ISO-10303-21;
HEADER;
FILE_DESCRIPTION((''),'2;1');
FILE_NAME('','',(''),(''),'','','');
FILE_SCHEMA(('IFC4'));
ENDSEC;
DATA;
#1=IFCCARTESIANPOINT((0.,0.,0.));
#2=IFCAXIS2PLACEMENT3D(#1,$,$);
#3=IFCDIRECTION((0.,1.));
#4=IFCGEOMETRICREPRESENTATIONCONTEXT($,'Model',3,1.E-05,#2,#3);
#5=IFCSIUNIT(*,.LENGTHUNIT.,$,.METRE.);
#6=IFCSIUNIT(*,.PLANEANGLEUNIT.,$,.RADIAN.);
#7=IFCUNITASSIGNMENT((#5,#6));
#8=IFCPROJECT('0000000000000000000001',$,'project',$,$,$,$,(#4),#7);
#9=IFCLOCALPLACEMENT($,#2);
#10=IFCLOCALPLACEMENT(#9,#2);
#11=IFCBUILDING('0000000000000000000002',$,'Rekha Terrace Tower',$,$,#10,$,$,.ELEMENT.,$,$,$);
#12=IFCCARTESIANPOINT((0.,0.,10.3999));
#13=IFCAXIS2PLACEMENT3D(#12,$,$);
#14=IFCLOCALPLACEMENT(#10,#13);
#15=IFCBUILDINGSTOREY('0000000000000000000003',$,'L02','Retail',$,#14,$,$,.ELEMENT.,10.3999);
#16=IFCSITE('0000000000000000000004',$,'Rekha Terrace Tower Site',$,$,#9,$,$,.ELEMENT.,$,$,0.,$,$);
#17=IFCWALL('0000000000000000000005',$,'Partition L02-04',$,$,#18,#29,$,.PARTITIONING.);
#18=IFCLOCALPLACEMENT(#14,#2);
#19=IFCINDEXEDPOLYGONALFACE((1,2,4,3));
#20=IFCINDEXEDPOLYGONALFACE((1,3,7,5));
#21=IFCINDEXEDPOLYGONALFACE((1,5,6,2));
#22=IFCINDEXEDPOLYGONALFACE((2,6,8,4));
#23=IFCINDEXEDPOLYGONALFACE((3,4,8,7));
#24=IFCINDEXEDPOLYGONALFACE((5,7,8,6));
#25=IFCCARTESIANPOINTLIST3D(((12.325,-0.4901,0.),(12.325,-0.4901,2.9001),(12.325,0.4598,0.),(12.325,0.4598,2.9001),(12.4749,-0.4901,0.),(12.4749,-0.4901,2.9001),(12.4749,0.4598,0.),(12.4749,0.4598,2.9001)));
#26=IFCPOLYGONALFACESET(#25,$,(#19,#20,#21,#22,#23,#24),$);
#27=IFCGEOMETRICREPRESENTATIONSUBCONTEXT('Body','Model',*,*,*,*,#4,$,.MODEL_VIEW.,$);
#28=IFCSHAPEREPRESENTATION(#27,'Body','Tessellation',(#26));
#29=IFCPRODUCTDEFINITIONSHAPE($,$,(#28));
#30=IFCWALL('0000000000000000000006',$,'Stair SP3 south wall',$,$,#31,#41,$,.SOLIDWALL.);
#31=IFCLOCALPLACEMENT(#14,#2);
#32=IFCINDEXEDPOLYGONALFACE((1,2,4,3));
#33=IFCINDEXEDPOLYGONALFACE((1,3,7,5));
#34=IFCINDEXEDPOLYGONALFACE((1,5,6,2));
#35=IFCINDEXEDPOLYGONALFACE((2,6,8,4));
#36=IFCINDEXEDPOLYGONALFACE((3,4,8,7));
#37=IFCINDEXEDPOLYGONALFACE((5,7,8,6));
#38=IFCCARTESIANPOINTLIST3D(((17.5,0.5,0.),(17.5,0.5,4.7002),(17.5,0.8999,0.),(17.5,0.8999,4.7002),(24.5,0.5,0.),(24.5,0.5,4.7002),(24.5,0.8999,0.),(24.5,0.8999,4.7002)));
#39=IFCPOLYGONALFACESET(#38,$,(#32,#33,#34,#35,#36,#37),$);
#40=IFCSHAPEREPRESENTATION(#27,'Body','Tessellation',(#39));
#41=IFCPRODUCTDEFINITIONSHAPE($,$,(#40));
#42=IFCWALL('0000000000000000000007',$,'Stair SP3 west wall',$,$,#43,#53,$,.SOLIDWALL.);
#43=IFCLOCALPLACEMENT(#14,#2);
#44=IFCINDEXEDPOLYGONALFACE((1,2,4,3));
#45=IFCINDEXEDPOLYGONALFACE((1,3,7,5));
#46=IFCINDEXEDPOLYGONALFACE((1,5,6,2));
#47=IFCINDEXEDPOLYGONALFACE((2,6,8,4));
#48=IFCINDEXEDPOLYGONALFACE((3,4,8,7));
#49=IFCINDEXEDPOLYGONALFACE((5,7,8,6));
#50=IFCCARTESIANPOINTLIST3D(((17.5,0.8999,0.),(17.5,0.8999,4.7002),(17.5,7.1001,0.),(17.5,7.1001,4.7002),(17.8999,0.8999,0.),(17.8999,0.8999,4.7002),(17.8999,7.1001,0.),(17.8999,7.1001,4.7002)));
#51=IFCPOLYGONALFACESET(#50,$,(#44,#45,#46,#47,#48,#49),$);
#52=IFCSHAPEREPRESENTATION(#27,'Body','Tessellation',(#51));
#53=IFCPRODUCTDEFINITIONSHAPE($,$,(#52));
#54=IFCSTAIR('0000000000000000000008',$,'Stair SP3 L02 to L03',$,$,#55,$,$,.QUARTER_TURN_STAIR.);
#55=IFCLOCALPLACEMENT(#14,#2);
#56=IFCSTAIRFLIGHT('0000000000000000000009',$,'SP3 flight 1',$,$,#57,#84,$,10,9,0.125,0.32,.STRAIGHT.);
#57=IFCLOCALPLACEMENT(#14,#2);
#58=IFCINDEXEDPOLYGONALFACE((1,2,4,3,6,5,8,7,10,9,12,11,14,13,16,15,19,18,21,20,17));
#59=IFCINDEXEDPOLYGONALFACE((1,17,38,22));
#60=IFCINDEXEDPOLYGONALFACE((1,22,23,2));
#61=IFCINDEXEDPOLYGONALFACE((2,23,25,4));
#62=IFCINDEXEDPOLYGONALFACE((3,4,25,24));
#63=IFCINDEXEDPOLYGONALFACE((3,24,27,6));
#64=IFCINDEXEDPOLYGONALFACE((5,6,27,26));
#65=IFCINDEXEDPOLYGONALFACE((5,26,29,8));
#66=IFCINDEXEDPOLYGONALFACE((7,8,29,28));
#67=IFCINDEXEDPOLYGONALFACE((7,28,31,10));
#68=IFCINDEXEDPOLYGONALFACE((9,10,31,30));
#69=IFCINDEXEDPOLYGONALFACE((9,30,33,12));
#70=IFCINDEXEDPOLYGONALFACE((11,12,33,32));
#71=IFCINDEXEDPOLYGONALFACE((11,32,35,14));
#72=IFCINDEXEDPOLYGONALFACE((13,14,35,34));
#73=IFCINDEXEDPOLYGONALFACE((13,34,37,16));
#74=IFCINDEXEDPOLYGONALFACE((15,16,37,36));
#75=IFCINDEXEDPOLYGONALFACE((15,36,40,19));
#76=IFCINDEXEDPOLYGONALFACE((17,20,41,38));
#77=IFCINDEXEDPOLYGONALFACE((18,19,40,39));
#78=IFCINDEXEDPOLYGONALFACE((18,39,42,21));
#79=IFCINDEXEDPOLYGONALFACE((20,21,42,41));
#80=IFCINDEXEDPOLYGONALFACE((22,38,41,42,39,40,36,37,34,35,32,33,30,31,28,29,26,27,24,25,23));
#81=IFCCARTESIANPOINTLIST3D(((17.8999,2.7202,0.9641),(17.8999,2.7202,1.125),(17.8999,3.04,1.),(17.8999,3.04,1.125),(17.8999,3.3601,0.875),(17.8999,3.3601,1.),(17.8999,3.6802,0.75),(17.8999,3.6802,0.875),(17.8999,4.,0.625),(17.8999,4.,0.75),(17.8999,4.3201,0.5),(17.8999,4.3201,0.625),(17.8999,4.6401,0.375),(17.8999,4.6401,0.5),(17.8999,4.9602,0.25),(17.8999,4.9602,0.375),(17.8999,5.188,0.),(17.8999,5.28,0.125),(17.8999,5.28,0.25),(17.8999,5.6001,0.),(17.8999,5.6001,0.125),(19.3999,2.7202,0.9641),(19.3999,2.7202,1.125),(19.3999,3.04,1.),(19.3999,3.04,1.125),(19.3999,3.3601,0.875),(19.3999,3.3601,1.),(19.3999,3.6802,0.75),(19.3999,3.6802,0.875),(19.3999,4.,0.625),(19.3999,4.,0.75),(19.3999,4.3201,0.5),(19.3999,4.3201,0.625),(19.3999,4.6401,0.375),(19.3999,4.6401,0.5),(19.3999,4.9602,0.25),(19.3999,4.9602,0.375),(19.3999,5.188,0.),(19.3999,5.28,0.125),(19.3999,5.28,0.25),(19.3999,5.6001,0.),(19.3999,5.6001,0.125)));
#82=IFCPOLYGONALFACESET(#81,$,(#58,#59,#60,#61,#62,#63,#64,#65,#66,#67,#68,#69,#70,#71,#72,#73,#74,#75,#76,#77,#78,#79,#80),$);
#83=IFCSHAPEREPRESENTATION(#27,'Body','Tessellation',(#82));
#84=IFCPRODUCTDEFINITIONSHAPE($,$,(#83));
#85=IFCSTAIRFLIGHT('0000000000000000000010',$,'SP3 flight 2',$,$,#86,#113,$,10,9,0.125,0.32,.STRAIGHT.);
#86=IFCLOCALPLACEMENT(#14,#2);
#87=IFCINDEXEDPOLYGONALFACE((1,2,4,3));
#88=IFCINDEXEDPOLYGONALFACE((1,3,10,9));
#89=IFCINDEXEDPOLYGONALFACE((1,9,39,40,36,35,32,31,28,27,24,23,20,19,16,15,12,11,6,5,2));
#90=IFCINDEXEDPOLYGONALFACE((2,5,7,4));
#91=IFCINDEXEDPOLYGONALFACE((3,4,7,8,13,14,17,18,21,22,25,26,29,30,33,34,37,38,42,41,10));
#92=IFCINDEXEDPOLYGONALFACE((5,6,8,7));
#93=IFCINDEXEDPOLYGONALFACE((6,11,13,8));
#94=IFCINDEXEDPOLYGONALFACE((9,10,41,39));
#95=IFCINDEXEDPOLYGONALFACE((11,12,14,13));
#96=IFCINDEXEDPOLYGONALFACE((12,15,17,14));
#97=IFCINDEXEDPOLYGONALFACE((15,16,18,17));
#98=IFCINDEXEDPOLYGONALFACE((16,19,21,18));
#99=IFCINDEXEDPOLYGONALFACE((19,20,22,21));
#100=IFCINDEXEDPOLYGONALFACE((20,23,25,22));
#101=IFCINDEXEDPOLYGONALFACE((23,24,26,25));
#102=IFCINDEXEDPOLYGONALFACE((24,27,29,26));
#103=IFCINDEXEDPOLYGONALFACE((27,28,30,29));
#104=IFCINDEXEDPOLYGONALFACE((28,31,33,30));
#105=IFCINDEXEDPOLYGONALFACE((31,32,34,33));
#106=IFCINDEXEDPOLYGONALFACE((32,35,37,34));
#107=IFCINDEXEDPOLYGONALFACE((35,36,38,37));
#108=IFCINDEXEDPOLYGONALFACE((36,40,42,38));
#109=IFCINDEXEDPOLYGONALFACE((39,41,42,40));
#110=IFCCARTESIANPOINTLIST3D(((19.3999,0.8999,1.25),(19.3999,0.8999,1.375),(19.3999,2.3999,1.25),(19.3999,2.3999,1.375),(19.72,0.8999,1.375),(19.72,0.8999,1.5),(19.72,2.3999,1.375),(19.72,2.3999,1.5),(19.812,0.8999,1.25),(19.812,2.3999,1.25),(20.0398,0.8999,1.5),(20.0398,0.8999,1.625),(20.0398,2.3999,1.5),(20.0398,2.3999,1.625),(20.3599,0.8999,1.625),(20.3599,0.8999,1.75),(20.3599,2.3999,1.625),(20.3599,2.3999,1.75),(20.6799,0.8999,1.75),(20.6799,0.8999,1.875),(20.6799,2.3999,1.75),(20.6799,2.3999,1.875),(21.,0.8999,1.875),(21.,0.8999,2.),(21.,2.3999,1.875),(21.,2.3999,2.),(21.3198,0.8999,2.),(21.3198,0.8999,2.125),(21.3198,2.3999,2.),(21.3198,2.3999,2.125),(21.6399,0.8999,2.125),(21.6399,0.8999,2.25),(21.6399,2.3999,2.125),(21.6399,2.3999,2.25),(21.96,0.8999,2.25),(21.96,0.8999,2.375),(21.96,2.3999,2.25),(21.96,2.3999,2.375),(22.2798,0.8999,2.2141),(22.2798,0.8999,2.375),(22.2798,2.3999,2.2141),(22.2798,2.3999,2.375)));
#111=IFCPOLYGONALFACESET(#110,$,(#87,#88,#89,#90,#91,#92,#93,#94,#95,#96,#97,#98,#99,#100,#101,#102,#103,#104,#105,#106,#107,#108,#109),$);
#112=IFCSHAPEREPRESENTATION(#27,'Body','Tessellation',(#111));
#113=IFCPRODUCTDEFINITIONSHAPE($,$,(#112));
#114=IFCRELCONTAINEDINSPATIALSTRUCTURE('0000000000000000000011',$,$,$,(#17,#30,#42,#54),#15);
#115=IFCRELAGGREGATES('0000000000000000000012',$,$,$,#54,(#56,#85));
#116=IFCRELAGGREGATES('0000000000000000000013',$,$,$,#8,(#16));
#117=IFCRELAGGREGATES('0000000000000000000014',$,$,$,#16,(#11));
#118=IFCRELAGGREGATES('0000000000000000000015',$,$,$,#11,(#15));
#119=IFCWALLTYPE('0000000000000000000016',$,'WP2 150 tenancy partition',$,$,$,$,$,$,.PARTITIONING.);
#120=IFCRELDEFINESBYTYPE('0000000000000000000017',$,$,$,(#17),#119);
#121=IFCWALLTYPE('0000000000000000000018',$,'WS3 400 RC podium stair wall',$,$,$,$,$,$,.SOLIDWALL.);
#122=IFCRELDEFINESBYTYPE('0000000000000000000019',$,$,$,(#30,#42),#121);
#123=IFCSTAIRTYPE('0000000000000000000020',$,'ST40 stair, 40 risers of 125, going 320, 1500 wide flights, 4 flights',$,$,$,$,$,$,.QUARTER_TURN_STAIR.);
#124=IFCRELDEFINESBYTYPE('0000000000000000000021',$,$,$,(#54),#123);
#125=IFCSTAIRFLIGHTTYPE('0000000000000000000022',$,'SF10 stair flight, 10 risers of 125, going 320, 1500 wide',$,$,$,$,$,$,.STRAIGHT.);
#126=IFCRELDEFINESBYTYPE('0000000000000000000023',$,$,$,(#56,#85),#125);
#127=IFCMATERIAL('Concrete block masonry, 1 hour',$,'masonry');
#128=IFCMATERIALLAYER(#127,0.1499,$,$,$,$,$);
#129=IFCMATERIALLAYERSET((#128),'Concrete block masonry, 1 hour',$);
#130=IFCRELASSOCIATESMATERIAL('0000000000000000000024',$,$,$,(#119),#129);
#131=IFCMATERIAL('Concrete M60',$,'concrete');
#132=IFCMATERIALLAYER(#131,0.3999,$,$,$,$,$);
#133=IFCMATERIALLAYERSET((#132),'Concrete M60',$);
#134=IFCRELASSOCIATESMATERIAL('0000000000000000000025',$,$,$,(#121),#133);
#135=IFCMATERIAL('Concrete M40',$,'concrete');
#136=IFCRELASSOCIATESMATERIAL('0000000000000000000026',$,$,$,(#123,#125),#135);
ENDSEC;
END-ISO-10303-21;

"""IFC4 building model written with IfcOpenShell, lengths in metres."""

from ifc_helpers import new_model, si_unit, direction, frame, frame_2d, origin, place, context, subcontext, project, spatial, polyline, rectangle, outline, extrude, material, layer, layer_set, type_object, element, aggregate, save


model = new_model("IFC4")

# Units and contexts
model_context = context("Model", 3, precision=1e-05, world=origin(), true_north=direction((0.0, 1.0)))
body_context = subcontext(model_context, "Body", "Model", "MODEL_VIEW")
ifc_project = project(units=[si_unit("LENGTHUNIT", "METRE"), si_unit("PLANEANGLEUNIT", "RADIAN")], contexts=[model_context])

# Site, building, storey
site_placement = place(None, origin())
site = spatial("IfcSite", under=ifc_project, at=site_placement, Name="Rekha Terrace Tower Site", CompositionType="ELEMENT", RefElevation=0.0)
building_placement = place(site_placement, origin())
building = spatial("IfcBuilding", under=site, at=building_placement, Name="Rekha Terrace Tower", CompositionType="ELEMENT")
storey_placement = place(building_placement, frame((0.0, 0.0, 10.3999)))
storey = spatial("IfcBuildingStorey", under=building, at=storey_placement, Name="L02", Description="Retail", CompositionType="ELEMENT", Elevation=10.3999)

# Shared definitions
ifc_material_1 = material(Name="Concrete M60", Category="concrete")

# Walls
ifc_material_2 = material(Name="Concrete block masonry, 1 hour", Category="masonry")
ifc_layer_1 = layer(ifc_material_2, 0.1499)
ifc_layer_set_1 = layer_set([ifc_layer_1], Name="Concrete block masonry, 1 hour")
wall_type_1 = type_object("IfcWallType", Name="WP2 150 tenancy partition", PredefinedType="PARTITIONING", material=ifc_layer_set_1)
wall_1_placement = place(storey_placement, frame((12.3999, 0.46, 0.0), z_axis=(0.0, 0.0, 1.0), x_axis=(0.0, -1.0, 0.0)))
element("IfcWall", 1, at=wall_1_placement, inside=storey, type_object=wall_type_1, Name="Partition L02-04", PredefinedType="PARTITIONING", context=body_context, shape_type="SweptSolid", body=[
    extrude(rectangle(XDim=0.95, YDim=0.1499, at=frame_2d((0.4751, 0.0))), origin(), (0.0, 0.0, 1.0), 2.9001),
])
ifc_layer_2 = layer(ifc_material_1, 0.3999)
ifc_layer_set_2 = layer_set([ifc_layer_2], Name="Concrete M60")
wall_type_2 = type_object("IfcWallType", Name="WS3 400 RC podium stair wall", PredefinedType="SOLIDWALL", material=ifc_layer_set_2)
wall_2_placement = place(storey_placement, frame((17.5, 0.7, 0.0), z_axis=(0.0, 0.0, 1.0), x_axis=(1.0, 0.0, 0.0)))
element("IfcWall", 2, at=wall_2_placement, inside=storey, type_object=wall_type_2, Name="Stair SP3 south wall", PredefinedType="SOLIDWALL", context=body_context, shape_type="SweptSolid", body=[
    extrude(rectangle(XDim=7.0, YDim=0.3999, at=frame_2d((3.5, 0.0))), origin(), (0.0, 0.0, 1.0), 4.7002),
])
wall_3_placement = place(storey_placement, frame((17.7, 0.8999, 0.0), z_axis=(0.0, 0.0, 1.0), x_axis=(0.0, 1.0, 0.0)))
element("IfcWall", 3, at=wall_3_placement, inside=storey, type_object=wall_type_2, Name="Stair SP3 west wall", PredefinedType="SOLIDWALL", context=body_context, shape_type="SweptSolid", body=[
    extrude(rectangle(XDim=6.2002, YDim=0.3999, at=frame_2d((3.1001, 0.0))), origin(), (0.0, 0.0, 1.0), 4.7002),
])

# Stair, stair flights
ifc_material_3 = material(Name="Concrete M40", Category="concrete")
stair_type = type_object("IfcStairType", Name="ST40 stair, 40 risers of 125, going 320, 1500 wide flights, 4 flights", PredefinedType="QUARTER_TURN_STAIR", material=ifc_material_3)
stair_placement = place(storey_placement, origin())
stair = element("IfcStair", 4, at=stair_placement, inside=storey, type_object=stair_type, Name="Stair SP3 L02 to L03", PredefinedType="QUARTER_TURN_STAIR")
stair_flight_type = type_object("IfcStairFlightType", Name="SF10 stair flight, 10 risers of 125, going 320, 1500 wide", PredefinedType="STRAIGHT", material=ifc_material_3)
stair_flight_1_placement = place(storey_placement, frame((18.6499, 5.6001, 0.0), z_axis=(0.0, 0.0, 1.0), x_axis=(0.0, -1.0, 0.0)))
stair_flight_1 = element("IfcStairFlight", 5, at=stair_flight_1_placement, type_object=stair_flight_type, Name="SP3 flight 1", NumberOfRisers=10, NumberOfTreads=9, PredefinedType="STRAIGHT", RiserHeight=0.125, TreadLength=0.32, context=body_context, shape_type="SweptSolid", body=[
    extrude(outline(polyline([(0.0, 0.0), (0.0, 0.125), (0.3201, 0.125), (0.3201, 0.25), (0.6399, 0.25), (0.6399, 0.375), (0.96, 0.375), (0.96, 0.5), (1.28, 0.5), (1.28, 0.625), (1.6001, 0.625), (1.6001, 0.75), (1.9199, 0.75), (1.9199, 0.875), (2.24, 0.875), (2.24, 1.0), (2.5601, 1.0), (2.5601, 1.125), (2.8799, 1.125), (2.8799, 1.25), (2.8799, 0.9641), (0.4121, 0.0), (0.0, 0.0)])), frame((0.0, 0.75, 0.0), z_axis=(0.0, -1.0, 0.0), x_axis=(1.0, 0.0, 0.0)), (0.0, 0.0, 1.0), 1.5),
])
stair_flight_2_placement = place(storey_placement, frame((19.3999, 1.6499, 1.25), z_axis=(0.0, 0.0, 1.0), x_axis=(1.0, 0.0, 0.0)))
stair_flight_2 = element("IfcStairFlight", 6, at=stair_flight_2_placement, type_object=stair_flight_type, Name="SP3 flight 2", NumberOfRisers=10, NumberOfTreads=9, PredefinedType="STRAIGHT", RiserHeight=0.125, TreadLength=0.32, context=body_context, shape_type="SweptSolid", body=[
    extrude(outline(polyline([(0.0, 0.0), (0.0, 0.125), (0.3201, 0.125), (0.3201, 0.25), (0.6399, 0.25), (0.6399, 0.375), (0.96, 0.375), (0.96, 0.5), (1.28, 0.5), (1.28, 0.625), (1.6001, 0.625), (1.6001, 0.75), (1.9199, 0.75), (1.9199, 0.875), (2.24, 0.875), (2.24, 1.0), (2.5601, 1.0), (2.5601, 1.125), (2.8799, 1.125), (2.8799, 1.25), (2.8799, 0.9641), (0.4121, 0.0), (0.0, 0.0)])), frame((0.0, 0.75, 0.0), z_axis=(0.0, -1.0, 0.0), x_axis=(1.0, 0.0, 0.0)), (0.0, 0.0, 1.0), 1.5),
])
aggregate(stair, [stair_flight_1, stair_flight_2])

save(model, "model.ifc")
